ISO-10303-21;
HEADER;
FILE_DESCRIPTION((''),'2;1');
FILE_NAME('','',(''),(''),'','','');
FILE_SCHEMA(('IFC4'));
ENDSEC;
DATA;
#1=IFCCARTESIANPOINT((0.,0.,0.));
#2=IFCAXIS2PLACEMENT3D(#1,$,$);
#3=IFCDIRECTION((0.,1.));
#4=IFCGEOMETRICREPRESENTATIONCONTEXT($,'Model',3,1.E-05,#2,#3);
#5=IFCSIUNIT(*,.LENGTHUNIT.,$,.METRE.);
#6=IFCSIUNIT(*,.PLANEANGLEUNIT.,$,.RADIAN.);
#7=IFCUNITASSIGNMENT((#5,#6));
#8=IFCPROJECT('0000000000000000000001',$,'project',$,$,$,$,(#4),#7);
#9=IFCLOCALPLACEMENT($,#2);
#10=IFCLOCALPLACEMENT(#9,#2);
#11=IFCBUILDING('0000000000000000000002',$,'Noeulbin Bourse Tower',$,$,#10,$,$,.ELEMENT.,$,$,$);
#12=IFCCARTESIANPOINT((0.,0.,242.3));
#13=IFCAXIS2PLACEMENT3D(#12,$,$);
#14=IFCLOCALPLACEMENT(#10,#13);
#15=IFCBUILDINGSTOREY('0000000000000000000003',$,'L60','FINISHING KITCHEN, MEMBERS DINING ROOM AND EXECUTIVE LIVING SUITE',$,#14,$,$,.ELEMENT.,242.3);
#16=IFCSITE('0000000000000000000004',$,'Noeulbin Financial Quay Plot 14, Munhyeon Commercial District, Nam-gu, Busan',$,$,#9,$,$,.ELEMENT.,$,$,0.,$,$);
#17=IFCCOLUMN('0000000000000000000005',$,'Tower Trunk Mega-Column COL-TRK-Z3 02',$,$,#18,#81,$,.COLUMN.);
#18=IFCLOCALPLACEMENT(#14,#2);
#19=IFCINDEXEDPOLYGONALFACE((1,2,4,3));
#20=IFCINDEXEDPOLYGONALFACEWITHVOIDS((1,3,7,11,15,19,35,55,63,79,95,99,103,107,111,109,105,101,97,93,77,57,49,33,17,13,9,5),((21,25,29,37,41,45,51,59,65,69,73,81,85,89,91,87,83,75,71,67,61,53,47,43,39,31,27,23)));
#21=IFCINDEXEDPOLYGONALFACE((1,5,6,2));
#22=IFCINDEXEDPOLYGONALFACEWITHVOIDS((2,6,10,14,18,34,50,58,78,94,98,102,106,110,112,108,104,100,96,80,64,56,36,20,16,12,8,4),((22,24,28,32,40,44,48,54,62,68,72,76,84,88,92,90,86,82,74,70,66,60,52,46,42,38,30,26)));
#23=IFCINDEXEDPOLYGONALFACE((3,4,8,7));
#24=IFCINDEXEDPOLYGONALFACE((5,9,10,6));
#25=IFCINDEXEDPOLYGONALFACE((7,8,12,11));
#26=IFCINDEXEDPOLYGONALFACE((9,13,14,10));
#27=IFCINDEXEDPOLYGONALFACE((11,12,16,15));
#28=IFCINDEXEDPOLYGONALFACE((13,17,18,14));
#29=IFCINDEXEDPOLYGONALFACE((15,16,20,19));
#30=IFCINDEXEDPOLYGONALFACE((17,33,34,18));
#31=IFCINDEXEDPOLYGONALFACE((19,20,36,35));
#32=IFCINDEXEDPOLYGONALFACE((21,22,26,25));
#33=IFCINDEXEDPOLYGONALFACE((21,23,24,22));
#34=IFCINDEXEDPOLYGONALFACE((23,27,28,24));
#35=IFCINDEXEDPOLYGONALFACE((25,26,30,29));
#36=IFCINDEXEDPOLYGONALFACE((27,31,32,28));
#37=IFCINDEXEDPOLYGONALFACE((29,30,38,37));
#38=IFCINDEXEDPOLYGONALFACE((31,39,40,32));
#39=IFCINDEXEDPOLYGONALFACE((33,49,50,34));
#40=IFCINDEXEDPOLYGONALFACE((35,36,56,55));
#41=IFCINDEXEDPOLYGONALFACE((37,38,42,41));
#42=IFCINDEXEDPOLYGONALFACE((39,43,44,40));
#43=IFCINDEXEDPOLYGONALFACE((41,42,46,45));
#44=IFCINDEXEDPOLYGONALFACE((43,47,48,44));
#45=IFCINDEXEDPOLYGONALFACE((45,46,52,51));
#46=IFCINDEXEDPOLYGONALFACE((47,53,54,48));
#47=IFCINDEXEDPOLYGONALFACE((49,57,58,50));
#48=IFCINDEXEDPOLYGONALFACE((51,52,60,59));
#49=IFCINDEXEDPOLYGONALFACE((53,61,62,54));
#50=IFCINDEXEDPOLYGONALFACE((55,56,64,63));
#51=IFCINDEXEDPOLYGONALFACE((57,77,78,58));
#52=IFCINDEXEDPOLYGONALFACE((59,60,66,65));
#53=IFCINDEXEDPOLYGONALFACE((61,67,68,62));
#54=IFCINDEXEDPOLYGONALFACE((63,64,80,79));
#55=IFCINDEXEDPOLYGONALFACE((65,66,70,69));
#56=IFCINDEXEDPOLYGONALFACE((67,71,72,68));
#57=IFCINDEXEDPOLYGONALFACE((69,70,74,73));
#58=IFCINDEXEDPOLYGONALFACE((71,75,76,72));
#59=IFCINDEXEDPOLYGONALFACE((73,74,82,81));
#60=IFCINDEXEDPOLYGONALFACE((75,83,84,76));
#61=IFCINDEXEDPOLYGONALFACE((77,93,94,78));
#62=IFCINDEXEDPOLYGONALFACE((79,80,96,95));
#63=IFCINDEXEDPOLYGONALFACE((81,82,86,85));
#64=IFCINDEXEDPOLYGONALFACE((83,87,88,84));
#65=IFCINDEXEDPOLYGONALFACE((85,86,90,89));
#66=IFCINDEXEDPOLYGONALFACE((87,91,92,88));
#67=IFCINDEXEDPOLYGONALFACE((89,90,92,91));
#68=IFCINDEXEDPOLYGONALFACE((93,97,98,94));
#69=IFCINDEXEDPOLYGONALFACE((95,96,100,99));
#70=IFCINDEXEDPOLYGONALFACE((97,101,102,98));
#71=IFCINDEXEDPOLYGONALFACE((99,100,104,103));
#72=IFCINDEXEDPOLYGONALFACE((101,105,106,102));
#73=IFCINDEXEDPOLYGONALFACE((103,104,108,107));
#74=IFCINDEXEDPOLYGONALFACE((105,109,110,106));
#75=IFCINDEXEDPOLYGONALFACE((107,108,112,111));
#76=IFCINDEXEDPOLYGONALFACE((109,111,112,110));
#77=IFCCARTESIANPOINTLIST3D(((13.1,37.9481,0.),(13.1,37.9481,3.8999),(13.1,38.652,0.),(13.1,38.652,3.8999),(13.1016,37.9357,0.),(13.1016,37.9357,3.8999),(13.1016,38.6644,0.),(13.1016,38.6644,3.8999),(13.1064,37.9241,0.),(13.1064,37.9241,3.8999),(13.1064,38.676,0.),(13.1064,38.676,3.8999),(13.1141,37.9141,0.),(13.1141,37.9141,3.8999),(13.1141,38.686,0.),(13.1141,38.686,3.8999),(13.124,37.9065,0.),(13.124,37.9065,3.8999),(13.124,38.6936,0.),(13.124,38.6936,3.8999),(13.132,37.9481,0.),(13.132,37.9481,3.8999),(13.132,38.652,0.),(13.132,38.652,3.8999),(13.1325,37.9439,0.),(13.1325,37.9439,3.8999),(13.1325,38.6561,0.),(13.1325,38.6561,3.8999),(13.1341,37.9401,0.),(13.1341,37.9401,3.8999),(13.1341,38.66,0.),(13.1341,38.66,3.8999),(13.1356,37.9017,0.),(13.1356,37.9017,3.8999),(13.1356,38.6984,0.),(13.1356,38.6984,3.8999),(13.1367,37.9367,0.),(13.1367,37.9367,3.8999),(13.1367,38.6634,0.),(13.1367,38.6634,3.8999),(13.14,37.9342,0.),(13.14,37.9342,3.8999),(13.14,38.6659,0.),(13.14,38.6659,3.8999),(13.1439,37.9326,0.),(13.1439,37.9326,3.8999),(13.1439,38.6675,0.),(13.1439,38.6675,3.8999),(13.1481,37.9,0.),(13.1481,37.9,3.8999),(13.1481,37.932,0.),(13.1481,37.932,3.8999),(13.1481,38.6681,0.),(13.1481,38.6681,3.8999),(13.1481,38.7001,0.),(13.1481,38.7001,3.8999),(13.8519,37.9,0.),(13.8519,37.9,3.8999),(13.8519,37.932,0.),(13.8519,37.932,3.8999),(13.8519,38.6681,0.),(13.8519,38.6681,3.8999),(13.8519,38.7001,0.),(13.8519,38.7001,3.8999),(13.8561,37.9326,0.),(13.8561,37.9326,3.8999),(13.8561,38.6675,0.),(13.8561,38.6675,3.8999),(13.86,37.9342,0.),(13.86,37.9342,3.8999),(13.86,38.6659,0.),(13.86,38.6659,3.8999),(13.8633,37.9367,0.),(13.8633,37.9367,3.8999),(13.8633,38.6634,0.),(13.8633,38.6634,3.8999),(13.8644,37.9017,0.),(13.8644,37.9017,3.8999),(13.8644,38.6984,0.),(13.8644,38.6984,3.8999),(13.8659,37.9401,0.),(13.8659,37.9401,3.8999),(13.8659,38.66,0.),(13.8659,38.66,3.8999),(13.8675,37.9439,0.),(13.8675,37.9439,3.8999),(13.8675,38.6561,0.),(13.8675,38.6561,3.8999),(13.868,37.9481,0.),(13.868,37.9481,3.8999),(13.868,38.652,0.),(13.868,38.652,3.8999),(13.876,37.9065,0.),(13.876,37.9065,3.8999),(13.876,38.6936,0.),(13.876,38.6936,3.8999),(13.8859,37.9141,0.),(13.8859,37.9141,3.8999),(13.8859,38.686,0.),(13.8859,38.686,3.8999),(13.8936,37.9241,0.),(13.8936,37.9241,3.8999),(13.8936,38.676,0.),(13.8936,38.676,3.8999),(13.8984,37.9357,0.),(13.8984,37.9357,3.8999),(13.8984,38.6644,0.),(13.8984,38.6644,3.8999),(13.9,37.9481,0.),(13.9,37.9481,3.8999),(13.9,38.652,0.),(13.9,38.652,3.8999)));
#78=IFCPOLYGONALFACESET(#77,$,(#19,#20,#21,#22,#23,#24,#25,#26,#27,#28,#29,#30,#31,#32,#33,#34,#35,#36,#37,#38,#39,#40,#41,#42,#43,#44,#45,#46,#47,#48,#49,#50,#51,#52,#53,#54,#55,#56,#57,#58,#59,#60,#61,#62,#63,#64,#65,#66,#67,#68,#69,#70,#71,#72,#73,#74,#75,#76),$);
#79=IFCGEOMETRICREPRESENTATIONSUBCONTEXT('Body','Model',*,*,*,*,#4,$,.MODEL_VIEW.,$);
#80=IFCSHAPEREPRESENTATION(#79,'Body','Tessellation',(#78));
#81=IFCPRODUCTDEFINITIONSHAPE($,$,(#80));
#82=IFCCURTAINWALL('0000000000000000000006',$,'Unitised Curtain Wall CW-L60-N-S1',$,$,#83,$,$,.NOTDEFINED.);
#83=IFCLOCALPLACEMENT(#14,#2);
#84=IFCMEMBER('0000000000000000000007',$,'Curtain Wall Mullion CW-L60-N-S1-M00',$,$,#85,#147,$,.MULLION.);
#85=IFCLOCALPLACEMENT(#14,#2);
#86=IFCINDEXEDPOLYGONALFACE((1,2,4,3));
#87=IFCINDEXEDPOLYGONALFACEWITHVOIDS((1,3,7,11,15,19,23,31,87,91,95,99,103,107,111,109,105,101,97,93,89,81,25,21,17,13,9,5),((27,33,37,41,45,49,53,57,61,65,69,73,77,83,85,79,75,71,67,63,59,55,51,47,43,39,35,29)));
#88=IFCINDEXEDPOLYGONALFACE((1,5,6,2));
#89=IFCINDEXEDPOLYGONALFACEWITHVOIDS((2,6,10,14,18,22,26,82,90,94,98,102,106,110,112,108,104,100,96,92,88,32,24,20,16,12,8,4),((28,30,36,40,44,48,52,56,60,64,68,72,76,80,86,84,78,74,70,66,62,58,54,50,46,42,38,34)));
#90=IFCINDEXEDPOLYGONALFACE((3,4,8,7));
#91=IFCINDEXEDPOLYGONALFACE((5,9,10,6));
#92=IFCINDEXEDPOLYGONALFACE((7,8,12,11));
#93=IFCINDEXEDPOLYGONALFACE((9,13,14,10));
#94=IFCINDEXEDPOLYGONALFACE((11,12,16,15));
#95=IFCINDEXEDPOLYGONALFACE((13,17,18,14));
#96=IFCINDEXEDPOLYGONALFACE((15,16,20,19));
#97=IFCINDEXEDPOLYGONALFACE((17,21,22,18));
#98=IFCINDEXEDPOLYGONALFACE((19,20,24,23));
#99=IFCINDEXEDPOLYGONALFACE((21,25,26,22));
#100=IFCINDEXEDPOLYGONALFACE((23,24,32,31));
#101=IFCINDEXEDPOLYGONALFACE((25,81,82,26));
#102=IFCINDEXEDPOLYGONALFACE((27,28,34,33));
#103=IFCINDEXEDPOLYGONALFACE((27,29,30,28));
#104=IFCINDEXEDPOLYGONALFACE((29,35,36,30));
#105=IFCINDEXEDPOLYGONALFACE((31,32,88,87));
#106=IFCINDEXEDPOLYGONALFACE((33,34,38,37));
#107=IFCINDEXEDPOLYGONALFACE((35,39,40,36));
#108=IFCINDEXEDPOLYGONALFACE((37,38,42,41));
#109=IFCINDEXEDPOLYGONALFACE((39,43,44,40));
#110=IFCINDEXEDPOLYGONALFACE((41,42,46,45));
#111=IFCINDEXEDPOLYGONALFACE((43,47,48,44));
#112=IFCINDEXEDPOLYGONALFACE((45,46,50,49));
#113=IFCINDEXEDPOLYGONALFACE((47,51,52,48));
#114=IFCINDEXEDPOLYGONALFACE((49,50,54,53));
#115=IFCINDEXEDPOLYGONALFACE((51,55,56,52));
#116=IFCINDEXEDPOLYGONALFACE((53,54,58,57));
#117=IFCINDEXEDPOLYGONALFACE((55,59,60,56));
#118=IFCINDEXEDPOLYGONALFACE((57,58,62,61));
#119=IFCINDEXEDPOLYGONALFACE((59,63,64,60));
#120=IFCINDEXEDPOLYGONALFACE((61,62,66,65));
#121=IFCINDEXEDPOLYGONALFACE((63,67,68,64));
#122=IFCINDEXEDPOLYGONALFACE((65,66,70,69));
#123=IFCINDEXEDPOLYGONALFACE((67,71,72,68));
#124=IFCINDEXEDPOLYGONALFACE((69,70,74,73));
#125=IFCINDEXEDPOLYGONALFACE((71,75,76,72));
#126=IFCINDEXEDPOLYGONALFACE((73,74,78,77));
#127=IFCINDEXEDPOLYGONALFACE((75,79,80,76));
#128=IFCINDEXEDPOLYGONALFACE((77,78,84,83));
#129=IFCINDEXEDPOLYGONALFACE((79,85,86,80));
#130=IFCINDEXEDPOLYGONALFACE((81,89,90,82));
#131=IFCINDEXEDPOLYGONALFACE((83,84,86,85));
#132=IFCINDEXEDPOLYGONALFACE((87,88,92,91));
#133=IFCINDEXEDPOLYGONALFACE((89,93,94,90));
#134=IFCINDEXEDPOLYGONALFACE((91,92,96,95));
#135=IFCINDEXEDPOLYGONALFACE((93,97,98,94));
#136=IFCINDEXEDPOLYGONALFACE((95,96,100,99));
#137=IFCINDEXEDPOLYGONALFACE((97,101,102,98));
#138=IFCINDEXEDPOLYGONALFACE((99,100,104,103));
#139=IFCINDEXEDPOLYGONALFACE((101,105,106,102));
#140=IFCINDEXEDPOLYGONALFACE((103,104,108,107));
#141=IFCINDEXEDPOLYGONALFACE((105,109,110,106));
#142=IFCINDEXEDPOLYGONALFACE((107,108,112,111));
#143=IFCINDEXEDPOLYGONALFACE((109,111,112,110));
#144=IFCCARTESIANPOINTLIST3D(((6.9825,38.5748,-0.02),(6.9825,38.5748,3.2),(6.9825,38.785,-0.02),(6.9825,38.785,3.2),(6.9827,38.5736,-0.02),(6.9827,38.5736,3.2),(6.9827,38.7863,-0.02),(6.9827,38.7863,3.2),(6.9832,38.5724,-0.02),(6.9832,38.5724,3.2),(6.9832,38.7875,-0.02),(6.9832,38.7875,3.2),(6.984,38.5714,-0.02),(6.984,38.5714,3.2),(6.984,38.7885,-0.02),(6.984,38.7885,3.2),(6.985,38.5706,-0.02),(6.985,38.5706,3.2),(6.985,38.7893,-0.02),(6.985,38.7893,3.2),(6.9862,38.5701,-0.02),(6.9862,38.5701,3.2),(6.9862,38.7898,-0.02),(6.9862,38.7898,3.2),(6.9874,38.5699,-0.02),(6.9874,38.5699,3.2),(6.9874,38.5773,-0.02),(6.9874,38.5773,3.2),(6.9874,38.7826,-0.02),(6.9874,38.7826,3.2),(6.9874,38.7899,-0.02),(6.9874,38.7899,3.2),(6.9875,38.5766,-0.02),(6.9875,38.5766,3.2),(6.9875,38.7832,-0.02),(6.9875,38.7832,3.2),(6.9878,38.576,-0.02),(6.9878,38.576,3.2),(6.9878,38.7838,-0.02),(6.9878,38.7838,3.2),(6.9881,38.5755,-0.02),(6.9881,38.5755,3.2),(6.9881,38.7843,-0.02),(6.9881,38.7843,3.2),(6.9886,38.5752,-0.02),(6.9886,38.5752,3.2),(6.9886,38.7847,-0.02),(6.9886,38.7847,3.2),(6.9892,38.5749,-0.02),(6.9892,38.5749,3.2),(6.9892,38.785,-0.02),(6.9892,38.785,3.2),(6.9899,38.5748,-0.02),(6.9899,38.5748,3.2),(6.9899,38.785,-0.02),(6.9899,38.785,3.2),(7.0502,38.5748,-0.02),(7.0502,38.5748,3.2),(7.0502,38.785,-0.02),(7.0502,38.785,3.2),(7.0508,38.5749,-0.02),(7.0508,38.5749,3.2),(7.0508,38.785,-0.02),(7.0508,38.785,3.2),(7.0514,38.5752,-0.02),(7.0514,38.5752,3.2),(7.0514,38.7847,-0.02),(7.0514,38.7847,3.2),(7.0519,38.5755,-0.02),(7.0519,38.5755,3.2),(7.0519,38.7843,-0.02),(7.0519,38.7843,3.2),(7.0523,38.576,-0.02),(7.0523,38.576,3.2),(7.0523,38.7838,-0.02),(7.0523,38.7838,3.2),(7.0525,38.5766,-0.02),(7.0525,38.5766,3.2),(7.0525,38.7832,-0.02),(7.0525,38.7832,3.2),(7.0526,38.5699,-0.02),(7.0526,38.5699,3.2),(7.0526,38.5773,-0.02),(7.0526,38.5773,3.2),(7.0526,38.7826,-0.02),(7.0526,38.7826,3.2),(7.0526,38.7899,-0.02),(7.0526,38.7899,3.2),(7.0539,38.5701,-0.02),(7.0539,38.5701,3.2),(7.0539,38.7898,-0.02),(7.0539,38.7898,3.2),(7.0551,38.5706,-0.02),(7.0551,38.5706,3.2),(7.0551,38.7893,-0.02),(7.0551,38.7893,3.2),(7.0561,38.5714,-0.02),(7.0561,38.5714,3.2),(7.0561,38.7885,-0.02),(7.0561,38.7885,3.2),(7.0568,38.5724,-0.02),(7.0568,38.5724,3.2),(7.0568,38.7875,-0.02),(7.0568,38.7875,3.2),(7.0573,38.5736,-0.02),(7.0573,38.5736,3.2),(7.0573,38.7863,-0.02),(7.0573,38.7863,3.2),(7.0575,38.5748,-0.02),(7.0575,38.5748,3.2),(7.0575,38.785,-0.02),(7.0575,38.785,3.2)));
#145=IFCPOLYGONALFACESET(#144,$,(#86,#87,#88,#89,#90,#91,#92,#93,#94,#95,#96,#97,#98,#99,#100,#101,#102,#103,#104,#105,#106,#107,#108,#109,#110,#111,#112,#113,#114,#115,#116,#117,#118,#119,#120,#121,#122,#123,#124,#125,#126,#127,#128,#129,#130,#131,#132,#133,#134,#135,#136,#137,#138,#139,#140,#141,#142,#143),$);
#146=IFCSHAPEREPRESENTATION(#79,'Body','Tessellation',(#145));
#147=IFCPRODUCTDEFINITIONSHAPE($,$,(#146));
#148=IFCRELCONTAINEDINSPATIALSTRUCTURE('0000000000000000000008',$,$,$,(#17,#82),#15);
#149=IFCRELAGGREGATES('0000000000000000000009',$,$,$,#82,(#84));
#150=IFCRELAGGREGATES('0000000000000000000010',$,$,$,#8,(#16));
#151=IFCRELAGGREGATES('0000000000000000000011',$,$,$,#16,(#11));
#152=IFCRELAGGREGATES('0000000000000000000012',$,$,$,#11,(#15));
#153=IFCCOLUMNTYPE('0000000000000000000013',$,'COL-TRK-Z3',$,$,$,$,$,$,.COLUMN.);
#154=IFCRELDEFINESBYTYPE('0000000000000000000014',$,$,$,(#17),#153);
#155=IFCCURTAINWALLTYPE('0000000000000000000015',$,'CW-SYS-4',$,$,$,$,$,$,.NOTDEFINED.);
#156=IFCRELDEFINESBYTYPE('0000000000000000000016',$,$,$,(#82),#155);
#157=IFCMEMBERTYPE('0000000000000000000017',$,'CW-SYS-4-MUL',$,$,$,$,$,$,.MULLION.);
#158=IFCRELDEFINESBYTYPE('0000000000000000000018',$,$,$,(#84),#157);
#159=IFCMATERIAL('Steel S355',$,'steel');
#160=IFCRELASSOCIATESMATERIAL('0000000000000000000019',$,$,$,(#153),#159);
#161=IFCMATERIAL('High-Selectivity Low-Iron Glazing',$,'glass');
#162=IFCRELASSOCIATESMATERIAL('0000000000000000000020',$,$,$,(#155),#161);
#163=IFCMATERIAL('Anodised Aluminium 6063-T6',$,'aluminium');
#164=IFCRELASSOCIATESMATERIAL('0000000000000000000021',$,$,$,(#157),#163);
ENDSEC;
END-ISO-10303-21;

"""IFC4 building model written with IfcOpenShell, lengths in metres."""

from ifc_helpers import new_model, si_unit, direction, frame, origin, origin_2d, place, context, subcontext, project, spatial, hollow_rectangle, extrude, material, material_profile, profile_set, type_object, element, aggregate, save


model = new_model("IFC4")

# Units and contexts
model_context = context("Model", 3, precision=1e-05, world=origin(), true_north=direction((0.0, 1.0)))
body_context = subcontext(model_context, "Body", "Model", "MODEL_VIEW")
ifc_project = project(units=[si_unit("LENGTHUNIT", "METRE"), si_unit("PLANEANGLEUNIT", "RADIAN")], contexts=[model_context])

# Site, building, storey
site_placement = place(None, origin())
site = spatial("IfcSite", under=ifc_project, at=site_placement, Name="Noeulbin Financial Quay Plot 14, Munhyeon Commercial District, Nam-gu, Busan", CompositionType="ELEMENT", RefElevation=0.0)
building_placement = place(site_placement, origin())
building = spatial("IfcBuilding", under=site, at=building_placement, Name="Noeulbin Bourse Tower", CompositionType="ELEMENT")
storey_placement = place(building_placement, frame((0.0, 0.0, 242.3)))
storey = spatial("IfcBuildingStorey", under=building, at=storey_placement, Name="L60", Description="FINISHING KITCHEN, MEMBERS DINING ROOM AND EXECUTIVE LIVING SUITE", CompositionType="ELEMENT", Elevation=242.3)

# Column
ifc_material_1 = material(Name="Steel S355", Category="steel")
ifc_material_profile_1 = material_profile(ifc_material_1, hollow_rectangle(XDim=0.8, YDim=0.8, WallThickness=0.032, InnerFilletRadius=0.0161, OuterFilletRadius=0.0481, at=origin_2d()), Name="BOX-800x800x32", Category="LoadBearing")
ifc_profile_set_1 = profile_set([ifc_material_profile_1], Name="Steel S355")
column_type = type_object("IfcColumnType", Name="COL-TRK-Z3", PredefinedType="COLUMN", material=ifc_profile_set_1)
column_placement = place(storey_placement, frame((13.5, 38.3, 0.0), z_axis=(0.0, 0.0, 1.0), x_axis=(1.0, 0.0, 0.0)))
element("IfcColumn", 1, at=column_placement, inside=storey, type_object=column_type, Name="Tower Trunk Mega-Column COL-TRK-Z3 02", PredefinedType="COLUMN", context=body_context, shape_type="SweptSolid", body=[
    extrude(hollow_rectangle(XDim=0.8, YDim=0.8, WallThickness=0.032, InnerFilletRadius=0.0161, OuterFilletRadius=0.0481, at=origin_2d()), origin(), (0.0, 0.0, 1.0), 3.8999),
])

# Curtain wall, member
ifc_material_2 = material(Name="High-Selectivity Low-Iron Glazing", Category="glass")
curtain_wall_type = type_object("IfcCurtainWallType", Name="CW-SYS-4", PredefinedType="NOTDEFINED", material=ifc_material_2)
curtain_wall_1_placement = place(storey_placement, origin())
curtain_wall_1 = element("IfcCurtainWall", 2, at=curtain_wall_1_placement, inside=storey, type_object=curtain_wall_type, Name="Unitised Curtain Wall CW-L60-N-S1", PredefinedType="NOTDEFINED")
ifc_material_3 = material(Name="Anodised Aluminium 6063-T6", Category="aluminium")
ifc_material_profile_2 = material_profile(ifc_material_3, hollow_rectangle(XDim=0.075, YDim=0.22, WallThickness=0.0049, InnerFilletRadius=0.0024, OuterFilletRadius=0.0049, at=origin_2d()), Name="ALU-MULL-75x220x5", Category="LoadBearing")
ifc_profile_set_2 = profile_set([ifc_material_profile_2], Name="Anodised Aluminium 6063-T6")
member_type_1 = type_object("IfcMemberType", Name="CW-SYS-4-MUL", PredefinedType="MULLION", material=ifc_profile_set_2)
member_1_placement = place(storey_placement, frame((7.02, 38.6799, -0.02), z_axis=(0.0, 0.0, 1.0), x_axis=(1.0, 0.0, 0.0)))
member_1 = element("IfcMember", 3, at=member_1_placement, type_object=member_type_1, Name="Curtain Wall Mullion CW-L60-N-S1-M00", PredefinedType="MULLION", context=body_context, shape_type="SweptSolid", body=[
    extrude(hollow_rectangle(XDim=0.075, YDim=0.22, WallThickness=0.0049, InnerFilletRadius=0.0024, OuterFilletRadius=0.0049, at=origin_2d()), origin(), (0.0, 0.0, 1.0), 3.22),
])

aggregate(curtain_wall_1, [member_1])

save(model, "model.ifc")
